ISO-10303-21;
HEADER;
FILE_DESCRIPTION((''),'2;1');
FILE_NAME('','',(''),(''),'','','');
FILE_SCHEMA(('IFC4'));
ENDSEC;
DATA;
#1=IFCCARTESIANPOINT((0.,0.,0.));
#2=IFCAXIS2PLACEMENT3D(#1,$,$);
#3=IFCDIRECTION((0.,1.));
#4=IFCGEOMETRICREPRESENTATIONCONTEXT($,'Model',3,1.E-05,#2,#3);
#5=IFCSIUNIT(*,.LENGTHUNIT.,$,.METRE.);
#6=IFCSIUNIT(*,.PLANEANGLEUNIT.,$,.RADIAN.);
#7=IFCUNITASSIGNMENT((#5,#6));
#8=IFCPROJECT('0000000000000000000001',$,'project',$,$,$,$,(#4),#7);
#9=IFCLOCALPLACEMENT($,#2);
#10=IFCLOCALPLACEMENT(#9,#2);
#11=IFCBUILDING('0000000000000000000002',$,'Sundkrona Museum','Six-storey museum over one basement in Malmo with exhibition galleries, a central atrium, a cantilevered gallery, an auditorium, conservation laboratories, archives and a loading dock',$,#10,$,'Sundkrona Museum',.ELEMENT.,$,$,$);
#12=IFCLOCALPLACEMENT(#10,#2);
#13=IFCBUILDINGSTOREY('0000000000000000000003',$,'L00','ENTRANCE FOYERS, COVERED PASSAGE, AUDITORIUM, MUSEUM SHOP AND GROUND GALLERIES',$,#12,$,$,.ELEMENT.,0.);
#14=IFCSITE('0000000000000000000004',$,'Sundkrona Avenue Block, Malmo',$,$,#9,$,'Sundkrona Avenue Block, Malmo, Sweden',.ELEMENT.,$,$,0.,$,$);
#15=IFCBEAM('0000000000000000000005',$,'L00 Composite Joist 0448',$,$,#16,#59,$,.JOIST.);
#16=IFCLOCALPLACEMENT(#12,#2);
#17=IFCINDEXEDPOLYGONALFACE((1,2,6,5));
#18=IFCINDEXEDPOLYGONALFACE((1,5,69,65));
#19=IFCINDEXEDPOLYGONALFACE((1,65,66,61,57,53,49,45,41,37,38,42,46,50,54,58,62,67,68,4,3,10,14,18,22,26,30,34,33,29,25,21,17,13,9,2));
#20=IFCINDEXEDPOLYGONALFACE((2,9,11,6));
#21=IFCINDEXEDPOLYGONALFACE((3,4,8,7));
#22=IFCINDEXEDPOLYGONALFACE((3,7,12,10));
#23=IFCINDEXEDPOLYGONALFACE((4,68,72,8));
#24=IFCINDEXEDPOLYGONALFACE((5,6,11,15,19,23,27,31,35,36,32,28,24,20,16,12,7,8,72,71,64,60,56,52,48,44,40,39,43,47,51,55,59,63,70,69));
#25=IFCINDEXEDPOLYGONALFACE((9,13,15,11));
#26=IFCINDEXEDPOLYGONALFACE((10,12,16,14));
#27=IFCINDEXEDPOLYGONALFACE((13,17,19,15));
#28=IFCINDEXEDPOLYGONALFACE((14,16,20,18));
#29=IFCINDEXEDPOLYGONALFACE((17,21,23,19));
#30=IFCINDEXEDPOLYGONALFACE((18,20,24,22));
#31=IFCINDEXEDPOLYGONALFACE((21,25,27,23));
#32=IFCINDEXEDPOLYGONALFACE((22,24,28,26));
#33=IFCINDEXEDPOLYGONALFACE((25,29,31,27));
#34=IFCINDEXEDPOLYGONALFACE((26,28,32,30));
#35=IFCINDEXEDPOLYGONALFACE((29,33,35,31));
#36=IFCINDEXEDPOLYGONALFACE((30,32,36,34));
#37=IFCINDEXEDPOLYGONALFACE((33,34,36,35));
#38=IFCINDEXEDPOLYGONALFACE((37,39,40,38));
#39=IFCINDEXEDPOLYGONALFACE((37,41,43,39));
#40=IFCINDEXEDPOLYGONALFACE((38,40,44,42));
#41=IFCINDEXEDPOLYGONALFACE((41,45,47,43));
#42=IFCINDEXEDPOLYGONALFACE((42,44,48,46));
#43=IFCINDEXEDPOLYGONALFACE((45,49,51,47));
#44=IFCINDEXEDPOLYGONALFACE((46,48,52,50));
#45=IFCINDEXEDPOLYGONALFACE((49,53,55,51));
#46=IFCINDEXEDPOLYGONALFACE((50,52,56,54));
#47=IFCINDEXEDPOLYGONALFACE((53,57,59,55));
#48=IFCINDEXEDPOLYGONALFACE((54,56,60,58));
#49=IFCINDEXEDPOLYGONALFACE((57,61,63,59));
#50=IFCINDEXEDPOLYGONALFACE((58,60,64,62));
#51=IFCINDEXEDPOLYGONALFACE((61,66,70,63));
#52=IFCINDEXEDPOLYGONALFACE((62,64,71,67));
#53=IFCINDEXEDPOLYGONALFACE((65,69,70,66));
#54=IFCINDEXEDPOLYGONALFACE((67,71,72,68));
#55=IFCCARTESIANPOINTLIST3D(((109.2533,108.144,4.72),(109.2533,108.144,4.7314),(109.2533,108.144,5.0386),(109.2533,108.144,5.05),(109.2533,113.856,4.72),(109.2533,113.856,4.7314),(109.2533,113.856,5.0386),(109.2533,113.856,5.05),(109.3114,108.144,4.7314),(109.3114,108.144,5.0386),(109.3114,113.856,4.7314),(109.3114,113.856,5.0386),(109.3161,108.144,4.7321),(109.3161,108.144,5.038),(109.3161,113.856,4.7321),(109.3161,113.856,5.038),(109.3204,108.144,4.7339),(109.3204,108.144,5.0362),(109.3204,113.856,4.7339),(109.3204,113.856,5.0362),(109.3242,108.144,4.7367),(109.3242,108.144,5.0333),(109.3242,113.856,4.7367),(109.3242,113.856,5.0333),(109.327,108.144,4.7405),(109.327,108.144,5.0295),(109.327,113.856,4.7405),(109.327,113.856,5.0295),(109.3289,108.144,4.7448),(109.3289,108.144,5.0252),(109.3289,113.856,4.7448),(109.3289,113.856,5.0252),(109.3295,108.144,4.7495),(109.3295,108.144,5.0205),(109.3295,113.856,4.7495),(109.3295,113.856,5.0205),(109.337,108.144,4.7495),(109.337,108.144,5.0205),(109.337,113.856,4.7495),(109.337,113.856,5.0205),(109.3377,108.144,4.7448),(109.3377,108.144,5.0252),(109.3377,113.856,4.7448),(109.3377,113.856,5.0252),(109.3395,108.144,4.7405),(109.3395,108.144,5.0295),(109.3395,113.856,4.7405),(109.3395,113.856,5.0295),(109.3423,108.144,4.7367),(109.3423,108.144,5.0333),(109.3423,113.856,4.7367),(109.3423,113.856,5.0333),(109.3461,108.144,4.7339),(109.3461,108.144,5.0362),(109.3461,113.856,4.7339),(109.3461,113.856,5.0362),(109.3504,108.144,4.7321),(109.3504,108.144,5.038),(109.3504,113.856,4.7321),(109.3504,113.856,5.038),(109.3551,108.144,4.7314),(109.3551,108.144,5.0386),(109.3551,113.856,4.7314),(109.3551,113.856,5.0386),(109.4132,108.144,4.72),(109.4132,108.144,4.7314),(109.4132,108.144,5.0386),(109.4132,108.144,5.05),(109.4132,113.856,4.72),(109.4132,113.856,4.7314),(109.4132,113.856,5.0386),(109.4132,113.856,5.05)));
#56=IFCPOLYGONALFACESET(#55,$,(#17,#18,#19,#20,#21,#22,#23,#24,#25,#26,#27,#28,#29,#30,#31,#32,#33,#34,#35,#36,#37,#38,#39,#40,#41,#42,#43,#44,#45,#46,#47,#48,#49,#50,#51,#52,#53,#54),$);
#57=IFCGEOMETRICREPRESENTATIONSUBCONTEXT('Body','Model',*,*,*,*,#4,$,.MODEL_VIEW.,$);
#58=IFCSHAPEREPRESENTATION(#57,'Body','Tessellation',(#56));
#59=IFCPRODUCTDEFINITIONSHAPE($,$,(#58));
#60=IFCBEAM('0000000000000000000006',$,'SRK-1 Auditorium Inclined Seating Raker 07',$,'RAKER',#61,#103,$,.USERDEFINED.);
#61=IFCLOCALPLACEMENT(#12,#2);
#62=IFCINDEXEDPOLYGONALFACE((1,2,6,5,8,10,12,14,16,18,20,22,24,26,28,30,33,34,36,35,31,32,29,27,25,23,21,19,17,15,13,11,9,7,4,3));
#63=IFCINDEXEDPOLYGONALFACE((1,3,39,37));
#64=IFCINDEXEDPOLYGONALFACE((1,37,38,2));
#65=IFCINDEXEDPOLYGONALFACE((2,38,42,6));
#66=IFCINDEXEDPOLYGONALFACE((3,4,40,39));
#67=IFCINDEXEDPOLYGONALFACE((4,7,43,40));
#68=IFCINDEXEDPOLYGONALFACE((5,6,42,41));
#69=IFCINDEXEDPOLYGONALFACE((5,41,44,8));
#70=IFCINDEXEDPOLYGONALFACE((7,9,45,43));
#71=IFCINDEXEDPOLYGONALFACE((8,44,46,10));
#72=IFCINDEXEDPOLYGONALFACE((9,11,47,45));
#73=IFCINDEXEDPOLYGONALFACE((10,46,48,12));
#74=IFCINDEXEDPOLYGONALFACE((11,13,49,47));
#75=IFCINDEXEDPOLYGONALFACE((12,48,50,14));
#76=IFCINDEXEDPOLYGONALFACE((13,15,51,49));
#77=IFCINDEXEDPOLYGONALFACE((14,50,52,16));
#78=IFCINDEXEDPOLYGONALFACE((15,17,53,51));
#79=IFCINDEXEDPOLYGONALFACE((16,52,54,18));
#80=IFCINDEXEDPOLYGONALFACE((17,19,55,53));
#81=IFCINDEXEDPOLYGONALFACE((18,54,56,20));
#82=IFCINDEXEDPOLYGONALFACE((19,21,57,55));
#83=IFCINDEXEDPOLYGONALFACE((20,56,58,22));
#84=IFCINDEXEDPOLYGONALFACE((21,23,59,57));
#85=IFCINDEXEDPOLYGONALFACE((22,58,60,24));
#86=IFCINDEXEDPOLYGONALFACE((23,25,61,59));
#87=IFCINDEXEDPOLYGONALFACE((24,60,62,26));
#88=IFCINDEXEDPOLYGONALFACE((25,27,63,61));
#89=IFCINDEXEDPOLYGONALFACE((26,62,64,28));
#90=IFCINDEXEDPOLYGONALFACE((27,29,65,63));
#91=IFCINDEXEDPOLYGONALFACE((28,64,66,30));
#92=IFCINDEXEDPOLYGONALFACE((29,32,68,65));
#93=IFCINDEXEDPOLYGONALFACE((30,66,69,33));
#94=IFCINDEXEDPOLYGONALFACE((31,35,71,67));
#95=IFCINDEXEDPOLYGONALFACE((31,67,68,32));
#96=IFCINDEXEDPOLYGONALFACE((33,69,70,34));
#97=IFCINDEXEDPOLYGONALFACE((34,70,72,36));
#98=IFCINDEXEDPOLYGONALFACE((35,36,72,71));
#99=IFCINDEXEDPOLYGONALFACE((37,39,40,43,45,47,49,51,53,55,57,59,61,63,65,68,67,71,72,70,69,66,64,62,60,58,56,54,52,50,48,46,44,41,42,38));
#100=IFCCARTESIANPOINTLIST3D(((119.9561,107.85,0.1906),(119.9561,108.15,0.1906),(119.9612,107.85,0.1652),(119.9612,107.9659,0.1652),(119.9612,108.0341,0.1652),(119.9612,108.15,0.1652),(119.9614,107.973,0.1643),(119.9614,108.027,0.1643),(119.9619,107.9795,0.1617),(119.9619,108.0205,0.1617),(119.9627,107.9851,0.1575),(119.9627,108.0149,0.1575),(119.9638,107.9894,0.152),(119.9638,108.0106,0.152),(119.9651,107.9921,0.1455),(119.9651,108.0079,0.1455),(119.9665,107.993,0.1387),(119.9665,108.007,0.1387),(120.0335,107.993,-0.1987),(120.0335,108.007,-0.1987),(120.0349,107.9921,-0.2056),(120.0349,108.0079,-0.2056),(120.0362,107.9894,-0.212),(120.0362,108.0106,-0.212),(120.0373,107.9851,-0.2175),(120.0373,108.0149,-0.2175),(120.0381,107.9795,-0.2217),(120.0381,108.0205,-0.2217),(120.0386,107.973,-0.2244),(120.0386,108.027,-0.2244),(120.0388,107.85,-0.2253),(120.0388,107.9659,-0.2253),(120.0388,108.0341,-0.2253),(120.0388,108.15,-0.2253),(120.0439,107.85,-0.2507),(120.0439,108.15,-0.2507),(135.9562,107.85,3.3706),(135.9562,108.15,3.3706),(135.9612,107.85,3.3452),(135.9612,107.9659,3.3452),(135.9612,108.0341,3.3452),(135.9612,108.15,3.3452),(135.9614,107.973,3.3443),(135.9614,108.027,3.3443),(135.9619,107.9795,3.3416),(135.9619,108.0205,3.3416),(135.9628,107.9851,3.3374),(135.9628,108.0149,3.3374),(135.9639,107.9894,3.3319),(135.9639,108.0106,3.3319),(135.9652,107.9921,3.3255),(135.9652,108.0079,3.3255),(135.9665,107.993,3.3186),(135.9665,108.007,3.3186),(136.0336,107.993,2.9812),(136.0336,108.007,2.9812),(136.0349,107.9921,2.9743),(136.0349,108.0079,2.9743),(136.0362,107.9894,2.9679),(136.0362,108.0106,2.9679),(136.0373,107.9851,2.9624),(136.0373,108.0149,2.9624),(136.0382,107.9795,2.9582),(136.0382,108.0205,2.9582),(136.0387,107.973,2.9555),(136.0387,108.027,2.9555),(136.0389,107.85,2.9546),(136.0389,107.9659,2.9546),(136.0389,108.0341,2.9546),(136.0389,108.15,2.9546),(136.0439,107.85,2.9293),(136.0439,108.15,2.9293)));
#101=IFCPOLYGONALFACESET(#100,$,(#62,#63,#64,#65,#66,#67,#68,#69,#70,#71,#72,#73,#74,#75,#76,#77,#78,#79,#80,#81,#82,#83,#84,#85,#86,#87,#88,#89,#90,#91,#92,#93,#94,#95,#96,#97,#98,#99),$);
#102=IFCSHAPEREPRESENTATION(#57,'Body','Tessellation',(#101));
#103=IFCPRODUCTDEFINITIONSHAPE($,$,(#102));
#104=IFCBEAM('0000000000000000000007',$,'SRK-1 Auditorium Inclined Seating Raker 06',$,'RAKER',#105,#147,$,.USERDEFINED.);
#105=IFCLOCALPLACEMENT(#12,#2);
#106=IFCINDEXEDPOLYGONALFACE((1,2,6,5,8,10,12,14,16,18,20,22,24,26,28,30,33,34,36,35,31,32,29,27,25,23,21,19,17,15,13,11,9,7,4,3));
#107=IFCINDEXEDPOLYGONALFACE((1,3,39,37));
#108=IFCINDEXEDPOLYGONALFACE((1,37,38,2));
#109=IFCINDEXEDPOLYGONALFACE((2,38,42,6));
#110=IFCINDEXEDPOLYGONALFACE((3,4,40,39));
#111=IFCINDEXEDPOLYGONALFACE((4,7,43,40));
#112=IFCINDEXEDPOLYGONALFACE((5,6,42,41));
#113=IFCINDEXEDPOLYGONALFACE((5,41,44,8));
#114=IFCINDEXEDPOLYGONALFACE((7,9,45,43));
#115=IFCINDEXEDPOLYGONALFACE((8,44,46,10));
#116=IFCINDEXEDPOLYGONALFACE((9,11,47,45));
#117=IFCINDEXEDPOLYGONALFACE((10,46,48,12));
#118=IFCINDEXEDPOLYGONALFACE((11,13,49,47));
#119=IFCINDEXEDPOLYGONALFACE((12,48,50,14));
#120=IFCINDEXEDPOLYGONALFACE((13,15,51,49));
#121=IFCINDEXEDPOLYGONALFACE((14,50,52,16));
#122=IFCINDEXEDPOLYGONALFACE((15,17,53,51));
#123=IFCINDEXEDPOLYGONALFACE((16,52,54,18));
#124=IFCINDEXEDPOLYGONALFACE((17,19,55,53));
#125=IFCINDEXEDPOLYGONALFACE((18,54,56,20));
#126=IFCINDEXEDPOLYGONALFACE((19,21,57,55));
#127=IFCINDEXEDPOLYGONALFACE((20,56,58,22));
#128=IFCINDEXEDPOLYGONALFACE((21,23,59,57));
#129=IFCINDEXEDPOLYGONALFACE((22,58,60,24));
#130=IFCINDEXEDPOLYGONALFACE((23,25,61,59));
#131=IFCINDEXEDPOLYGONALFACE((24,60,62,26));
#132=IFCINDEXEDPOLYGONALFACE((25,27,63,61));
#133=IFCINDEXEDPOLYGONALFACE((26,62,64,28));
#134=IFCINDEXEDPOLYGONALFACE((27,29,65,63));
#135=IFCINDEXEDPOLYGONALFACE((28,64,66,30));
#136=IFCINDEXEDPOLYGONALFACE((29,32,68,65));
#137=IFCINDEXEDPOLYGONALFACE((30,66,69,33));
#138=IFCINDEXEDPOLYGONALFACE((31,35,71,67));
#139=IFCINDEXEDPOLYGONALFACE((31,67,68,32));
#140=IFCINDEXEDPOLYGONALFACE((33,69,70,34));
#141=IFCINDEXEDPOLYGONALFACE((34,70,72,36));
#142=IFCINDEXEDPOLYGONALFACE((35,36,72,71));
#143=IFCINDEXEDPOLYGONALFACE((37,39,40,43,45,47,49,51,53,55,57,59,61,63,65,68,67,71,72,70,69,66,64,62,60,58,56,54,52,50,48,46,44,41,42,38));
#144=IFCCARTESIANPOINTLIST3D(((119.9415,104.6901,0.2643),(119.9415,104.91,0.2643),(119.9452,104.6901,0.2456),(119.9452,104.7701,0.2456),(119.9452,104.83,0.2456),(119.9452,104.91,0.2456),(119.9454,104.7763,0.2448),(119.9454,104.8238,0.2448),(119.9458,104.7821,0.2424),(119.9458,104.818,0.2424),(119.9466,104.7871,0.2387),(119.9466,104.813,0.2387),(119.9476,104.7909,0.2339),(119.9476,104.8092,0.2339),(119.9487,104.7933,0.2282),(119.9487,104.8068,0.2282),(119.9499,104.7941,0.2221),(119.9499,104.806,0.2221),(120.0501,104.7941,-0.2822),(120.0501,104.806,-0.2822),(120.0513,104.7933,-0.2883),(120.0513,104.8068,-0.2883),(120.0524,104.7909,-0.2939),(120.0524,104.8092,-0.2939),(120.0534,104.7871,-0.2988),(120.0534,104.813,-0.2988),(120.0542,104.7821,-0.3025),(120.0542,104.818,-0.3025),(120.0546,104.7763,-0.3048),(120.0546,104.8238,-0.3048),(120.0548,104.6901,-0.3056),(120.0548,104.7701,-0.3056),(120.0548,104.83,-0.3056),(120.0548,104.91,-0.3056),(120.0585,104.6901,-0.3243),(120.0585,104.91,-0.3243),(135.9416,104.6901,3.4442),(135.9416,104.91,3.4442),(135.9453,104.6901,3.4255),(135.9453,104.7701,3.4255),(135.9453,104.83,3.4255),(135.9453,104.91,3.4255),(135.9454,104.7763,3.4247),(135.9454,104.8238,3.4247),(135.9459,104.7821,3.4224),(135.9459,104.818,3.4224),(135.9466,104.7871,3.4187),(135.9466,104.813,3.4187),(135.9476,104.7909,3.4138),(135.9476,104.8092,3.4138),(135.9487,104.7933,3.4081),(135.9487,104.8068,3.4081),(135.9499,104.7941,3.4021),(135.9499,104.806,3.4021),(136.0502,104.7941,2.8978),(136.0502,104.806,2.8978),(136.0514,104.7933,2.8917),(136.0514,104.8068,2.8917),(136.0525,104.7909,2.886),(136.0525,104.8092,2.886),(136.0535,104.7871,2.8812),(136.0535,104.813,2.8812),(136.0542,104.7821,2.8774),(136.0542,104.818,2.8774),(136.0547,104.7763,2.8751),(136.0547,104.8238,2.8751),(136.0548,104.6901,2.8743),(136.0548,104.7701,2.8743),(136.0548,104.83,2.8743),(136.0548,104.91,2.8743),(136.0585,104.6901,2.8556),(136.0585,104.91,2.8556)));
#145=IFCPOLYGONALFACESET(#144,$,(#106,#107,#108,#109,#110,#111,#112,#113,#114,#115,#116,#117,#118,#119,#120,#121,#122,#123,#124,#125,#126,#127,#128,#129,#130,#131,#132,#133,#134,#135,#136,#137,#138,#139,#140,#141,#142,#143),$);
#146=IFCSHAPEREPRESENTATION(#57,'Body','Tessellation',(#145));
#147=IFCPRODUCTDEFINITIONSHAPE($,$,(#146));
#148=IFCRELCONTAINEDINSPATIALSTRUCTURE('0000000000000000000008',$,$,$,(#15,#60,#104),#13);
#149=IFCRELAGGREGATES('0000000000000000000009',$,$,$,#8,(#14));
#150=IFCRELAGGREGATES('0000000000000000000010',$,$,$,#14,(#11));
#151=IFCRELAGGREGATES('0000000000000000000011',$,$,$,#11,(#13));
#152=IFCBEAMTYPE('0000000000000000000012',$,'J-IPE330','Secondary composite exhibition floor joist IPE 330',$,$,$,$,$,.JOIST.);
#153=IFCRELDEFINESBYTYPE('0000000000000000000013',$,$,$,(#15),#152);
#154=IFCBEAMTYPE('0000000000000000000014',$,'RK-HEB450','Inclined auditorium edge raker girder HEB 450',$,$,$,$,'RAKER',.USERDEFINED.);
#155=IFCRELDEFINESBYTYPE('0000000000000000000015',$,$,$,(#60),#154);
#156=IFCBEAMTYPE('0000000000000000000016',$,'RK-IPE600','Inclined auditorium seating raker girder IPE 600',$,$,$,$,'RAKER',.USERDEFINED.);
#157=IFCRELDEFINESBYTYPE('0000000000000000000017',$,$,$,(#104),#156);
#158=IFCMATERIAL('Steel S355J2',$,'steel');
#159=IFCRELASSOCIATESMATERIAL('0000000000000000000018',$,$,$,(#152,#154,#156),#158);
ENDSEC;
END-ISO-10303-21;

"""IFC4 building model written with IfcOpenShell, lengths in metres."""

from ifc_helpers import new_model, si_unit, direction, frame, origin, origin_2d, place, context, subcontext, project, spatial, i_section, extrude, material, material_profile, profile_set, type_object, element, save


model = new_model("IFC4")

# Units and contexts
model_context = context("Model", 3, precision=1e-05, world=origin(), true_north=direction((0.0, 1.0)))
body_context = subcontext(model_context, "Body", "Model", "MODEL_VIEW")
ifc_project = project(units=[si_unit("LENGTHUNIT", "METRE"), si_unit("PLANEANGLEUNIT", "RADIAN")], contexts=[model_context])

# Site, building, storey
site_placement = place(None, origin())
site = spatial("IfcSite", under=ifc_project, at=site_placement, Name="Sundkrona Avenue Block, Malmo", LongName="Sundkrona Avenue Block, Malmo, Sweden", CompositionType="ELEMENT", RefElevation=0.0)
building_placement = place(site_placement, origin())
building = spatial("IfcBuilding", under=site, at=building_placement, Name="Sundkrona Museum", Description="Six-storey museum over one basement in Malmo with exhibition galleries, a central atrium, a cantilevered gallery, an auditorium, conservation laboratories, archives and a loading dock", LongName="Sundkrona Museum", CompositionType="ELEMENT")
storey_placement = place(building_placement, origin())
storey = spatial("IfcBuildingStorey", under=building, at=storey_placement, Name="L00", Description="ENTRANCE FOYERS, COVERED PASSAGE, AUDITORIUM, MUSEUM SHOP AND GROUND GALLERIES", CompositionType="ELEMENT", Elevation=0.0)

# Shared definitions
ifc_material_1 = material(Name="Steel S355J2", Category="steel")

# Beams
ifc_material_profile_1 = material_profile(ifc_material_1, i_section(OverallWidth=0.1599, OverallDepth=0.3301, WebThickness=0.0076, FlangeThickness=0.0115, FilletRadius=0.0181, at=origin_2d()), Name="IPE 330")
ifc_profile_set_1 = profile_set([ifc_material_profile_1], Name="Steel S355J2")
beam_type_1 = type_object("IfcBeamType", Name="J-IPE330", Description="Secondary composite exhibition floor joist IPE 330", PredefinedType="JOIST", material=ifc_profile_set_1)
for number, where, z_axis, x_axis, name in (
    (1, (109.3333, 108.144, 4.885), (0.0, 1.0, 0.0), (-1.0, 0.0, 0.0), "L00 Composite Joist 0448"),
):
    element("IfcBeam", number, at=place(storey_placement, frame(where, z_axis=z_axis, x_axis=x_axis)), inside=storey, type_object=beam_type_1, Name=name, PredefinedType="JOIST", context=body_context, shape_type="SweptSolid", body=[
        extrude(i_section(OverallWidth=0.1599, OverallDepth=0.3301, WebThickness=0.0076, FlangeThickness=0.0115, FilletRadius=0.0181, at=origin_2d()), origin(), (0.0, 0.0, 1.0), 5.7119),
    ])
ifc_material_profile_2 = material_profile(ifc_material_1, i_section(OverallWidth=0.3, OverallDepth=0.45, WebThickness=0.0139, FlangeThickness=0.0259, FilletRadius=0.0271, at=origin_2d()), Name="HEB 450")
ifc_profile_set_2 = profile_set([ifc_material_profile_2], Name="Steel S355J2")
beam_type_2 = type_object("IfcBeamType", Name="RK-HEB450", Description="Inclined auditorium edge raker girder HEB 450", ElementType="RAKER", PredefinedType="USERDEFINED", material=ifc_profile_set_2)
beam_1_placement = place(storey_placement, frame((120.0, 108.0, -0.03), z_axis=(0.980817, 0.0, 0.194933), x_axis=(0.0, 1.0, 0.0)))
element("IfcBeam", 2, at=beam_1_placement, inside=storey, type_object=beam_type_2, Name="SRK-1 Auditorium Inclined Seating Raker 07", ObjectType="RAKER", PredefinedType="USERDEFINED", context=body_context, shape_type="SweptSolid", body=[
    extrude(i_section(OverallWidth=0.3, OverallDepth=0.45, WebThickness=0.0139, FlangeThickness=0.0259, FilletRadius=0.0271, at=origin_2d()), origin(), (0.0, 0.0, 1.0), 16.313),
])
ifc_material_profile_3 = material_profile(ifc_material_1, i_section(OverallWidth=0.22, OverallDepth=0.6001, WebThickness=0.012, FlangeThickness=0.019, FilletRadius=0.0239, at=origin_2d()), Name="IPE 600")
ifc_profile_set_3 = profile_set([ifc_material_profile_3], Name="Steel S355J2")
beam_type_3 = type_object("IfcBeamType", Name="RK-IPE600", Description="Inclined auditorium seating raker girder IPE 600", ElementType="RAKER", PredefinedType="USERDEFINED", material=ifc_profile_set_3)
beam_2_placement = place(storey_placement, frame((120.0, 104.8, -0.03), z_axis=(0.980817, 0.0, 0.194933), x_axis=(0.0, 1.0, 0.0)))
element("IfcBeam", 3, at=beam_2_placement, inside=storey, type_object=beam_type_3, Name="SRK-1 Auditorium Inclined Seating Raker 06", ObjectType="RAKER", PredefinedType="USERDEFINED", context=body_context, shape_type="SweptSolid", body=[
    extrude(i_section(OverallWidth=0.22, OverallDepth=0.6001, WebThickness=0.012, FlangeThickness=0.019, FilletRadius=0.0239, at=origin_2d()), origin(), (0.0, 0.0, 1.0), 16.313),
])

save(model, "model.ifc")
